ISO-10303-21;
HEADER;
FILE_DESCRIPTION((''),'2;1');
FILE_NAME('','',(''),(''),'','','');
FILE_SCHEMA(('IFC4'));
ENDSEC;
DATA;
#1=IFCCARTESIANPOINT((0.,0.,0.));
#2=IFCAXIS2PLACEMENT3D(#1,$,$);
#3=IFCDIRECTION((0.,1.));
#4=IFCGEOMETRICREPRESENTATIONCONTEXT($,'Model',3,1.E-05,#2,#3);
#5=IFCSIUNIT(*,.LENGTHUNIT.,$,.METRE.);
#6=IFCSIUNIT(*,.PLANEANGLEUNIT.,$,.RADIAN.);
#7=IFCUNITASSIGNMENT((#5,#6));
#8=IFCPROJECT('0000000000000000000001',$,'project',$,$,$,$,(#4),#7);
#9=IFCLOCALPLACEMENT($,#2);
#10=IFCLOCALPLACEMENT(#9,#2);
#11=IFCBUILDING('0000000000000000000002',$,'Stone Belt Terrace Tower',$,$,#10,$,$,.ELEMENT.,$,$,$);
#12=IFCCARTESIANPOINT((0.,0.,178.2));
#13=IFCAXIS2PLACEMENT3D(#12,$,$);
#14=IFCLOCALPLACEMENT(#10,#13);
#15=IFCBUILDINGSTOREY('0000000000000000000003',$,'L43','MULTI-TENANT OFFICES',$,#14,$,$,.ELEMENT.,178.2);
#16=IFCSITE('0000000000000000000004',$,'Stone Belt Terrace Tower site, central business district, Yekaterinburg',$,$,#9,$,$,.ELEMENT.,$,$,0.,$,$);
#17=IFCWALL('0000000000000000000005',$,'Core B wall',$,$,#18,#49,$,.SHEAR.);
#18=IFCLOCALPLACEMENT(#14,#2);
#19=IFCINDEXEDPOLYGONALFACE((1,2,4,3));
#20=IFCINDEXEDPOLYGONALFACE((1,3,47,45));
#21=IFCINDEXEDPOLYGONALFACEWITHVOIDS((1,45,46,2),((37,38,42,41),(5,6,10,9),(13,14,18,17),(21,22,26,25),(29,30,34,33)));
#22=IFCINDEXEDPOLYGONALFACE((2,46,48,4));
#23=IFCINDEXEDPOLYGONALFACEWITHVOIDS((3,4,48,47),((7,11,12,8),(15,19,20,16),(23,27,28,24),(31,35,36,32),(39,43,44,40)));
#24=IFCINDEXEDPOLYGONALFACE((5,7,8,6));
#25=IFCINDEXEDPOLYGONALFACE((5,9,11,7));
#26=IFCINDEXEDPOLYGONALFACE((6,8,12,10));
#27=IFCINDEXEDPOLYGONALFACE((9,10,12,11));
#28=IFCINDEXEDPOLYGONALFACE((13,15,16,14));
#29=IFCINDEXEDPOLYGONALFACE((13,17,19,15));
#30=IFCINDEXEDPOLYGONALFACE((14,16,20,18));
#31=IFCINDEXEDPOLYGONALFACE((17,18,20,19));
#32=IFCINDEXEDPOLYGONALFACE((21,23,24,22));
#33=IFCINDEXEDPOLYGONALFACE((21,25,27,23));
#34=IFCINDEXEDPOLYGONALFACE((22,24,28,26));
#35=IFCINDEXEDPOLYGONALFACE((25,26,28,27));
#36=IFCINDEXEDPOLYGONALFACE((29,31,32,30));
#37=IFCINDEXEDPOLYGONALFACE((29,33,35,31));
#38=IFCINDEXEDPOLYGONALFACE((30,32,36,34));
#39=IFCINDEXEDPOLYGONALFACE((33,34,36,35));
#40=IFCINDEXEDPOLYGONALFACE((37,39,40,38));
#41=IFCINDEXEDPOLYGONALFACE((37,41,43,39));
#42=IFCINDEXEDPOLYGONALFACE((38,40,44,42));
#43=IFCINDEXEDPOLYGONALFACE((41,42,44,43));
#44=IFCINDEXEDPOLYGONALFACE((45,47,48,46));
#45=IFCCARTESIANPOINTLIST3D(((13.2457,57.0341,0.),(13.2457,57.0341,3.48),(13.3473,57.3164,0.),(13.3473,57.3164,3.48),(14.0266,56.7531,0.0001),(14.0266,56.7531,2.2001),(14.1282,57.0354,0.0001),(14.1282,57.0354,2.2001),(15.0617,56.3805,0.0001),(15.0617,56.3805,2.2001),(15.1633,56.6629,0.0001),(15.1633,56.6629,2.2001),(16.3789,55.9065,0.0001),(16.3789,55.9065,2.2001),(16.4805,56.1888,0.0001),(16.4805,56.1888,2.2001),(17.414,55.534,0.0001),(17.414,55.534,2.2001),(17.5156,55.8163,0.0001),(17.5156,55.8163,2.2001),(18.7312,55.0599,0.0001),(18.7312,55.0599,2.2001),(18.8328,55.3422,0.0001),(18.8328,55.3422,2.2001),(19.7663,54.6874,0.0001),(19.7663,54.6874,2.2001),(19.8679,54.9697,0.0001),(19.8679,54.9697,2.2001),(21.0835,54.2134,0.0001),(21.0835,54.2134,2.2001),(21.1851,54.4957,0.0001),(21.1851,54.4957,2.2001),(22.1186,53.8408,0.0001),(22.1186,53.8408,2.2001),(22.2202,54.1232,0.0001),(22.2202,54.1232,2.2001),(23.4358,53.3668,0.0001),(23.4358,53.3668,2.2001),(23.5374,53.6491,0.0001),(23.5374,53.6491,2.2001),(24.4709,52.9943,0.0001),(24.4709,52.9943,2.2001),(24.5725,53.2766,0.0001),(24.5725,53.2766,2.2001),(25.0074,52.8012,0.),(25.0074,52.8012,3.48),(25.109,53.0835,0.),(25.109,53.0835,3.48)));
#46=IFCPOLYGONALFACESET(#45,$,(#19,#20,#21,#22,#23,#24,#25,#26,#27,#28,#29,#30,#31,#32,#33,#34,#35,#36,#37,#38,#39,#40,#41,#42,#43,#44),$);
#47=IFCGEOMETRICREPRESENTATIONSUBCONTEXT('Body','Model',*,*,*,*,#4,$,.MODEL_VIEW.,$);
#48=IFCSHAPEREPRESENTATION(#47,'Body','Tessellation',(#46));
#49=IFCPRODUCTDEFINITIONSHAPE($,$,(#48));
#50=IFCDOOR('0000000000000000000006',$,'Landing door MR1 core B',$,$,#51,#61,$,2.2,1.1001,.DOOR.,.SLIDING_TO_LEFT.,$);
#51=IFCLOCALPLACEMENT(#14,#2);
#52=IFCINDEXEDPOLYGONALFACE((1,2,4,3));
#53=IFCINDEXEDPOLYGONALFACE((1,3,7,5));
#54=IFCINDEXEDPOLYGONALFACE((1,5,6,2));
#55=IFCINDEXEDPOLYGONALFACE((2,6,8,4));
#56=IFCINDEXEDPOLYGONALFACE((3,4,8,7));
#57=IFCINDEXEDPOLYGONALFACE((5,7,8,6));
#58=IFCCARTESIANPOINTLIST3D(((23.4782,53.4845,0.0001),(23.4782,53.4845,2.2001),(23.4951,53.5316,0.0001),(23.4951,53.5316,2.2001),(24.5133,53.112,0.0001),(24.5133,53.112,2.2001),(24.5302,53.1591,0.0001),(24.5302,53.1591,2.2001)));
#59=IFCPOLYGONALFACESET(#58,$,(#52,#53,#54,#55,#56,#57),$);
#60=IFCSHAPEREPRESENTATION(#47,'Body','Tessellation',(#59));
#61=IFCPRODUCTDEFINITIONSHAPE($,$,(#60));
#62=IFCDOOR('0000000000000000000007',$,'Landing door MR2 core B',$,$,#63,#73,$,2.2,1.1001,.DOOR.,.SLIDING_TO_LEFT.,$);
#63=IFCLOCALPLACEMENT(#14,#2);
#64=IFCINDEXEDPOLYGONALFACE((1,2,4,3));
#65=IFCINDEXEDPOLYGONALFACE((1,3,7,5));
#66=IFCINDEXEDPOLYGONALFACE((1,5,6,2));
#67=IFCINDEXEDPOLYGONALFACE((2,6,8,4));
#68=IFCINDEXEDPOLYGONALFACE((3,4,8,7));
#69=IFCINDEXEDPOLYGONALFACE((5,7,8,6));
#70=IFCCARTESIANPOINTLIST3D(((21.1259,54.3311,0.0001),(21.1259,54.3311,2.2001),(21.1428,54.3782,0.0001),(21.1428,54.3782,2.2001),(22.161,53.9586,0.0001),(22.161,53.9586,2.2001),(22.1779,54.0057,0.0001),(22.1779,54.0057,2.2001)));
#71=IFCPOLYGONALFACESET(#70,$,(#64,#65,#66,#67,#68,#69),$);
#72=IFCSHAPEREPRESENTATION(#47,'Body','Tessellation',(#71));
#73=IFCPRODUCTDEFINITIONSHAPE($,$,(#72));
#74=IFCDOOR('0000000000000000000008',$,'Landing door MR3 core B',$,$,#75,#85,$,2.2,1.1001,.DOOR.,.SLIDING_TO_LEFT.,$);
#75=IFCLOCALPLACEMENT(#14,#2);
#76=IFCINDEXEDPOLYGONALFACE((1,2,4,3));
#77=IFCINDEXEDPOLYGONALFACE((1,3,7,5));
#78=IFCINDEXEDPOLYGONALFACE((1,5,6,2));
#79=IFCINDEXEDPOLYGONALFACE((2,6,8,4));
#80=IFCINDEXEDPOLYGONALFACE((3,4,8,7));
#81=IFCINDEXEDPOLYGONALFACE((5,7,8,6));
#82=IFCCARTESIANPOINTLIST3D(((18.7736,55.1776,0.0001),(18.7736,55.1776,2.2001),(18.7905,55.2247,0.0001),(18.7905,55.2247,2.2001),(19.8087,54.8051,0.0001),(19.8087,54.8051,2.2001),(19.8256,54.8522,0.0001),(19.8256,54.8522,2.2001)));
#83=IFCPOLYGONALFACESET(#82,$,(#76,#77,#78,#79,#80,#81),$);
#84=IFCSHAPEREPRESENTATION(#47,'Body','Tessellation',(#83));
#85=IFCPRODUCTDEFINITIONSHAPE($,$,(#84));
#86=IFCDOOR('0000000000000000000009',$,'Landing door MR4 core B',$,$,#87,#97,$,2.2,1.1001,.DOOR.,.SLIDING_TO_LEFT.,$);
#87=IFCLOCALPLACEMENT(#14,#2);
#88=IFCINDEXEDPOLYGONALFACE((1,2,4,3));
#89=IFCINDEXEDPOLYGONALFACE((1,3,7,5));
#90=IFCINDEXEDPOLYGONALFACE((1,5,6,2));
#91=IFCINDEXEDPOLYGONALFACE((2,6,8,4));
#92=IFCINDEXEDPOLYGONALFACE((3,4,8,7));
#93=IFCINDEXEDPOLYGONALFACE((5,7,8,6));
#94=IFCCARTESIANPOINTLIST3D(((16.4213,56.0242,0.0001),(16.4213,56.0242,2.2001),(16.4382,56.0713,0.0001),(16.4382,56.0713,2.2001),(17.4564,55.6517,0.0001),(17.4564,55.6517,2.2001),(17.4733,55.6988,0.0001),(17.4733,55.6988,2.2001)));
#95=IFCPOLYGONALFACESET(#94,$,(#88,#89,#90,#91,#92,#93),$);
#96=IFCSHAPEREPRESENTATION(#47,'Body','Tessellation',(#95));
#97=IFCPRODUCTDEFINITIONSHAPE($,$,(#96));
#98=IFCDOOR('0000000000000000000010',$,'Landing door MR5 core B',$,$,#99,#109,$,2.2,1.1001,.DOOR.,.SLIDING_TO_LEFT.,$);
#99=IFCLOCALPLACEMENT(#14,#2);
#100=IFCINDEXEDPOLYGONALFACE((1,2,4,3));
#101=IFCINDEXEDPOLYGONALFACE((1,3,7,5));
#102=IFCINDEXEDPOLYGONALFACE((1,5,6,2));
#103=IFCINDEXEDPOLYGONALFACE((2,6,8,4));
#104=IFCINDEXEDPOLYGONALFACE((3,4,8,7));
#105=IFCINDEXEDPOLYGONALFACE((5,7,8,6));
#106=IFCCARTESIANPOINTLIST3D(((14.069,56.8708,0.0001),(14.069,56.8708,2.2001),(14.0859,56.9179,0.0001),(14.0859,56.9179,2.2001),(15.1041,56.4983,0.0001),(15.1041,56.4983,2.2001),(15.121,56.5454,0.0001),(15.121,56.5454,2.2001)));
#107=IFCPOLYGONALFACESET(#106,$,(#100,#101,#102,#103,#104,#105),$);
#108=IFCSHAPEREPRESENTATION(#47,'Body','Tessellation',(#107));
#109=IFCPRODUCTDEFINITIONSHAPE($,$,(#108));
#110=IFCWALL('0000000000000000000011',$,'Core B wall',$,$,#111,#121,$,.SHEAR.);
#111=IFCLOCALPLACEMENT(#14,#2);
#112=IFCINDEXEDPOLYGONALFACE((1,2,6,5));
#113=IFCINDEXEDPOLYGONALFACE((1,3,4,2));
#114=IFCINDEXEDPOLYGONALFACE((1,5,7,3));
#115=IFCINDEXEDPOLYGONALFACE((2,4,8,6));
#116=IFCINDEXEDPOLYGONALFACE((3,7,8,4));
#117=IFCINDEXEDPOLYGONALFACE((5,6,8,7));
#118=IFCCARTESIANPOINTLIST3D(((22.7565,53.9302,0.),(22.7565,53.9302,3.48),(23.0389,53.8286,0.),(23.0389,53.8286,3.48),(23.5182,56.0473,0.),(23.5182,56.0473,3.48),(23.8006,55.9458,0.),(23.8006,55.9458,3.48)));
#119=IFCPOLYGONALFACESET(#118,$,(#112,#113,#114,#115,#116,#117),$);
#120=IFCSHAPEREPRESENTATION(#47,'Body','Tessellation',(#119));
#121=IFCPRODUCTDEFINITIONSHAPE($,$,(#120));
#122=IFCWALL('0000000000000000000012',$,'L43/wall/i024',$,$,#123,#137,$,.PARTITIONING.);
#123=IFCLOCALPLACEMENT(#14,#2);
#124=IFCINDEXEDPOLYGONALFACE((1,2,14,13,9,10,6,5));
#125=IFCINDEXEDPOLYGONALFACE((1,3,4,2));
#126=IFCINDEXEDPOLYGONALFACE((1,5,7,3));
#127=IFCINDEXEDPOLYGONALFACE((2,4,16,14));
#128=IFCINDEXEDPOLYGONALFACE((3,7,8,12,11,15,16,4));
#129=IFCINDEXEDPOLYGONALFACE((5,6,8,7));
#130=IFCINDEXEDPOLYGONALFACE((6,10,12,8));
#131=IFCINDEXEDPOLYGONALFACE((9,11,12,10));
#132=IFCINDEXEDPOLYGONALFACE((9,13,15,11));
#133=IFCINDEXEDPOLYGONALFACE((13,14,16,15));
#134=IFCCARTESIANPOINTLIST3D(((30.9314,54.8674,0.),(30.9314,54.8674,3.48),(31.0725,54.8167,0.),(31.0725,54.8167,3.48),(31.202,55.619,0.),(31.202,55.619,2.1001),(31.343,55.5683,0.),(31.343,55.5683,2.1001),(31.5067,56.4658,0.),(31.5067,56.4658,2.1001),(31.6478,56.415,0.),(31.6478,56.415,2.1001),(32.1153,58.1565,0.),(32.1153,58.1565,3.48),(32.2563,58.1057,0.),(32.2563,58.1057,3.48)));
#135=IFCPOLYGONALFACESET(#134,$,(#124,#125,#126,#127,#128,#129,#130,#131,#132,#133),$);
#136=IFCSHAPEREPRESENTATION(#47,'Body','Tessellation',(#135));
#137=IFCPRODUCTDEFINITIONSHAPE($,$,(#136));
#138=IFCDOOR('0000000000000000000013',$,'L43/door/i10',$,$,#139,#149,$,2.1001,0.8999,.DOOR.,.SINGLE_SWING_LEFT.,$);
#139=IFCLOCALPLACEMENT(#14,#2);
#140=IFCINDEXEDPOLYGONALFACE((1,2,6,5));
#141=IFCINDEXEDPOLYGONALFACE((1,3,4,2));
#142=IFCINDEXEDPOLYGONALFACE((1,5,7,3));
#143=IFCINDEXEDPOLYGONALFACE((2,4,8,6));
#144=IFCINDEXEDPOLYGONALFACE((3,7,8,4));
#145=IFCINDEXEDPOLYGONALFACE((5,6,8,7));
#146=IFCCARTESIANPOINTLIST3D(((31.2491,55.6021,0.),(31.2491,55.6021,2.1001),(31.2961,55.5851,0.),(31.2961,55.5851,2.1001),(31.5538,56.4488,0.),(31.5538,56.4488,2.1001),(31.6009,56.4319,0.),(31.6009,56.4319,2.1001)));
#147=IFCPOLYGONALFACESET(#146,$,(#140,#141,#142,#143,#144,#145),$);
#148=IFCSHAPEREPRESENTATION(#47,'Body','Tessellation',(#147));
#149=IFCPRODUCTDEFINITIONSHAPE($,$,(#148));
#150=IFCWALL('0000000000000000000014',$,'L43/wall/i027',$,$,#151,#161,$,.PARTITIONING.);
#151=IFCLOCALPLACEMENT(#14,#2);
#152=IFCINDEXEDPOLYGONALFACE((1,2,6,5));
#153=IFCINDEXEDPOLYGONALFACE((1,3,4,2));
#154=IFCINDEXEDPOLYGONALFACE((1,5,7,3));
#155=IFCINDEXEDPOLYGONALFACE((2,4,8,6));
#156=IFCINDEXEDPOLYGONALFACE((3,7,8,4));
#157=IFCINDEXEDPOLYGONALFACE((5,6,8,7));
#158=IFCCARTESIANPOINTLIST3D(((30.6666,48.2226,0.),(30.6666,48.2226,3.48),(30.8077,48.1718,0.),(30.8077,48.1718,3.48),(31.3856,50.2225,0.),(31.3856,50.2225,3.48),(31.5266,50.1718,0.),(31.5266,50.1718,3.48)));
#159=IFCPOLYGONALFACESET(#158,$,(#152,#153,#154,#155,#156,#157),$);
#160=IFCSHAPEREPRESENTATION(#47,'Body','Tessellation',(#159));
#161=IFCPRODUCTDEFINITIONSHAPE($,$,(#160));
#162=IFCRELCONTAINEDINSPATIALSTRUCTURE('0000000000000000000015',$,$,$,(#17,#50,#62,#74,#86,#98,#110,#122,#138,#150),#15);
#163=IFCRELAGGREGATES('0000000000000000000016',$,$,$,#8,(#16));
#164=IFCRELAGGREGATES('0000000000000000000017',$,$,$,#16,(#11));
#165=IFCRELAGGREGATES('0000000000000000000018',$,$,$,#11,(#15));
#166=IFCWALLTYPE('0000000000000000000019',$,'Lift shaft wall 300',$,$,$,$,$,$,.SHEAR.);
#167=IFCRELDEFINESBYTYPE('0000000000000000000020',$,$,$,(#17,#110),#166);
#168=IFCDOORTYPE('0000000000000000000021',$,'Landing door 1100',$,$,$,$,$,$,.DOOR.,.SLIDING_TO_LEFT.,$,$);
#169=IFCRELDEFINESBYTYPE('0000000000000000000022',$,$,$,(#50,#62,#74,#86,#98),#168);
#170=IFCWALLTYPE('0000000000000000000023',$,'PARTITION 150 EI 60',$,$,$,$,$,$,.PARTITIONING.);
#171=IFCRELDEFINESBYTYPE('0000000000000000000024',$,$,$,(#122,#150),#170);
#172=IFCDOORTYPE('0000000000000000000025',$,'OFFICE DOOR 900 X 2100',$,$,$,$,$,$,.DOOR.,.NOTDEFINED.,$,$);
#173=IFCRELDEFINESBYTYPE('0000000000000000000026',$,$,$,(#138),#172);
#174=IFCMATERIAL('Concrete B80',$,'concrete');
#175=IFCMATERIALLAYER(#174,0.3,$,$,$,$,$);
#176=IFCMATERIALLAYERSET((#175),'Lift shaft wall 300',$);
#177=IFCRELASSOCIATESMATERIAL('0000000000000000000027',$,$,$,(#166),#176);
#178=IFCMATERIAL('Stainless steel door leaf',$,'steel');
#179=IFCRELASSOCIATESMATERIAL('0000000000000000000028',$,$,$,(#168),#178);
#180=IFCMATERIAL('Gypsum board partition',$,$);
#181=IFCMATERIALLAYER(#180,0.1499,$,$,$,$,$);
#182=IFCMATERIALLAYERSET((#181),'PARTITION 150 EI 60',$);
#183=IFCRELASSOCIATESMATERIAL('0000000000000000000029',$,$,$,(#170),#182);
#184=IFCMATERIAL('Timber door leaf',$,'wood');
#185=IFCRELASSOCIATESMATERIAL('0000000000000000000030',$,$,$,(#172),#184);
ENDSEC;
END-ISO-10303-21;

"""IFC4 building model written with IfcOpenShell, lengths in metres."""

from ifc_helpers import new_model, si_unit, direction, frame, frame_2d, origin, place, context, subcontext, project, spatial, rectangle, extrude, material, layer, layer_set, type_object, element, fill, save


model = new_model("IFC4")

# Units and contexts
model_context = context("Model", 3, precision=1e-05, world=origin(), true_north=direction((0.0, 1.0)))
body_context = subcontext(model_context, "Body", "Model", "MODEL_VIEW")
ifc_project = project(units=[si_unit("LENGTHUNIT", "METRE"), si_unit("PLANEANGLEUNIT", "RADIAN")], contexts=[model_context])

# Site, building, storey
site_placement = place(None, origin())
site = spatial("IfcSite", under=ifc_project, at=site_placement, Name="Stone Belt Terrace Tower site, central business district, Yekaterinburg", CompositionType="ELEMENT", RefElevation=0.0)
building_placement = place(site_placement, origin())
building = spatial("IfcBuilding", under=site, at=building_placement, Name="Stone Belt Terrace Tower", CompositionType="ELEMENT")
storey_placement = place(building_placement, frame((0.0, 0.0, 178.2)))
storey = spatial("IfcBuildingStorey", under=building, at=storey_placement, Name="L43", Description="MULTI-TENANT OFFICES", CompositionType="ELEMENT", Elevation=178.2)

# Shared definitions
ifc_material_1 = material(Name="Concrete B80", Category="concrete")

# Shared definitions
ifc_material_2 = material(Name="Timber door leaf", Category="wood")

# Shared definitions
ifc_layer_1 = layer(ifc_material_1, 0.3)
ifc_layer_set_1 = layer_set([ifc_layer_1], Name="Lift shaft wall 300")
wall_type_1 = type_object("IfcWallType", Name="Lift shaft wall 300", PredefinedType="SHEAR", material=ifc_layer_set_1)
ifc_material_3 = material(Name="Stainless steel door leaf", Category="steel")

# Wall, openings, doors
wall_1_placement = place(storey_placement, frame((25.0581, 52.9424, 0.0), z_axis=(0.0, 0.0, 1.0), x_axis=(-0.940921, 0.338627, 0.0)))
wall_1 = element("IfcWall", 1, at=wall_1_placement, inside=storey, type_object=wall_type_1, Name="Core B wall", PredefinedType="SHEAR", context=body_context, shape_type="SweptSolid", body=[
    extrude(rectangle(XDim=12.5002, YDim=0.3, at=frame_2d((6.25, 0.0))), origin(), (0.0, 0.0, 1.0), 3.48),
])
opening_1_placement = place(wall_1_placement, frame((0.5701, 0.0, 0.0)))
opening_1 = element("IfcOpeningElement", 2, at=opening_1_placement, cuts=wall_1, PredefinedType="OPENING", context=body_context, shape_type="SweptSolid", body=[
    extrude(rectangle(XDim=1.1001, YDim=2.2, at=frame_2d((0.55, 1.1001))), frame((0.0, 0.1599, 0.0), z_axis=(0.0, -1.0, 0.0), x_axis=(1.0, 0.0, 0.0)), (0.0, 0.0, 1.0), 0.3201),
])
opening_2_placement = place(wall_1_placement, frame((3.0701, 0.0, 0.0)))
opening_2 = element("IfcOpeningElement", 3, at=opening_2_placement, cuts=wall_1, PredefinedType="OPENING", context=body_context, shape_type="SweptSolid", body=[
    extrude(rectangle(XDim=1.1001, YDim=2.2, at=frame_2d((0.55, 1.1001))), frame((0.0, 0.1599, 0.0), z_axis=(0.0, -1.0, 0.0), x_axis=(1.0, 0.0, 0.0)), (0.0, 0.0, 1.0), 0.3201),
])
opening_3_placement = place(wall_1_placement, frame((5.5701, 0.0, 0.0)))
opening_3 = element("IfcOpeningElement", 4, at=opening_3_placement, cuts=wall_1, PredefinedType="OPENING", context=body_context, shape_type="SweptSolid", body=[
    extrude(rectangle(XDim=1.1001, YDim=2.2, at=frame_2d((0.55, 1.1001))), frame((0.0, 0.1599, 0.0), z_axis=(0.0, -1.0, 0.0), x_axis=(1.0, 0.0, 0.0)), (0.0, 0.0, 1.0), 0.3201),
])
opening_4_placement = place(wall_1_placement, frame((8.0701, 0.0, 0.0)))
opening_4 = element("IfcOpeningElement", 5, at=opening_4_placement, cuts=wall_1, PredefinedType="OPENING", context=body_context, shape_type="SweptSolid", body=[
    extrude(rectangle(XDim=1.1001, YDim=2.2, at=frame_2d((0.55, 1.1001))), frame((0.0, 0.1599, 0.0), z_axis=(0.0, -1.0, 0.0), x_axis=(1.0, 0.0, 0.0)), (0.0, 0.0, 1.0), 0.3201),
])
opening_5_placement = place(wall_1_placement, frame((10.5701, 0.0, 0.0)))
opening_5 = element("IfcOpeningElement", 6, at=opening_5_placement, cuts=wall_1, PredefinedType="OPENING", context=body_context, shape_type="SweptSolid", body=[
    extrude(rectangle(XDim=1.1001, YDim=2.2, at=frame_2d((0.55, 1.1001))), frame((0.0, 0.1599, 0.0), z_axis=(0.0, -1.0, 0.0), x_axis=(1.0, 0.0, 0.0)), (0.0, 0.0, 1.0), 0.3201),
])
door_type_1 = type_object("IfcDoorType", Name="Landing door 1100", OperationType="SLIDING_TO_LEFT", PredefinedType="DOOR", material=ifc_material_3)
door_1_placement = place(opening_1_placement, origin())
door_1 = element("IfcDoor", 7, at=door_1_placement, inside=storey, type_object=door_type_1, Name="Landing door MR1 core B", OperationType="SLIDING_TO_LEFT", OverallHeight=2.2, OverallWidth=1.1001, PredefinedType="DOOR", context=body_context, shape_type="SweptSolid", body=[
    extrude(rectangle(XDim=1.1001, YDim=2.2, at=frame_2d((0.55, 1.1001))), frame((0.0, 0.0249, 0.0), z_axis=(0.0, -1.0, 0.0), x_axis=(1.0, 0.0, 0.0)), (0.0, 0.0, 1.0), 0.05),
])
fill(opening_1, door_1)
door_2_placement = place(opening_2_placement, origin())
door_2 = element("IfcDoor", 8, at=door_2_placement, inside=storey, type_object=door_type_1, Name="Landing door MR2 core B", OperationType="SLIDING_TO_LEFT", OverallHeight=2.2, OverallWidth=1.1001, PredefinedType="DOOR", context=body_context, shape_type="SweptSolid", body=[
    extrude(rectangle(XDim=1.1001, YDim=2.2, at=frame_2d((0.55, 1.1001))), frame((0.0, 0.0249, 0.0), z_axis=(0.0, -1.0, 0.0), x_axis=(1.0, 0.0, 0.0)), (0.0, 0.0, 1.0), 0.05),
])
fill(opening_2, door_2)
door_3_placement = place(opening_3_placement, origin())
door_3 = element("IfcDoor", 9, at=door_3_placement, inside=storey, type_object=door_type_1, Name="Landing door MR3 core B", OperationType="SLIDING_TO_LEFT", OverallHeight=2.2, OverallWidth=1.1001, PredefinedType="DOOR", context=body_context, shape_type="SweptSolid", body=[
    extrude(rectangle(XDim=1.1001, YDim=2.2, at=frame_2d((0.55, 1.1001))), frame((0.0, 0.0249, 0.0), z_axis=(0.0, -1.0, 0.0), x_axis=(1.0, 0.0, 0.0)), (0.0, 0.0, 1.0), 0.05),
])
fill(opening_3, door_3)
door_4_placement = place(opening_4_placement, origin())
door_4 = element("IfcDoor", 10, at=door_4_placement, inside=storey, type_object=door_type_1, Name="Landing door MR4 core B", OperationType="SLIDING_TO_LEFT", OverallHeight=2.2, OverallWidth=1.1001, PredefinedType="DOOR", context=body_context, shape_type="SweptSolid", body=[
    extrude(rectangle(XDim=1.1001, YDim=2.2, at=frame_2d((0.55, 1.1001))), frame((0.0, 0.0249, 0.0), z_axis=(0.0, -1.0, 0.0), x_axis=(1.0, 0.0, 0.0)), (0.0, 0.0, 1.0), 0.05),
])
fill(opening_4, door_4)
door_5_placement = place(opening_5_placement, origin())
door_5 = element("IfcDoor", 11, at=door_5_placement, inside=storey, type_object=door_type_1, Name="Landing door MR5 core B", OperationType="SLIDING_TO_LEFT", OverallHeight=2.2, OverallWidth=1.1001, PredefinedType="DOOR", context=body_context, shape_type="SweptSolid", body=[
    extrude(rectangle(XDim=1.1001, YDim=2.2, at=frame_2d((0.55, 1.1001))), frame((0.0, 0.0249, 0.0), z_axis=(0.0, -1.0, 0.0), x_axis=(1.0, 0.0, 0.0)), (0.0, 0.0, 1.0), 0.05),
])
fill(opening_5, door_5)

# Wall
wall_2_placement = place(storey_placement, frame((22.8977, 53.8794, 0.0), z_axis=(0.0, 0.0, 1.0), x_axis=(0.338535, 0.940954, 0.0)))
element("IfcWall", 12, at=wall_2_placement, inside=storey, type_object=wall_type_1, Name="Core B wall", PredefinedType="SHEAR", context=body_context, shape_type="SweptSolid", body=[
    extrude(rectangle(XDim=2.25, YDim=0.3, at=frame_2d((1.125, 0.0))), origin(), (0.0, 0.0, 1.0), 3.48),
])

# Wall, opening, door
ifc_material_4 = material(Name="Gypsum board partition")
ifc_layer_2 = layer(ifc_material_4, 0.1499)
ifc_layer_set_2 = layer_set([ifc_layer_2], Name="PARTITION 150 EI 60")
wall_type_2 = type_object("IfcWallType", Name="PARTITION 150 EI 60", PredefinedType="PARTITIONING", material=ifc_layer_set_2)
wall_3_placement = place(storey_placement, frame((31.002, 54.842, 0.0), z_axis=(0.0, 0.0, 1.0), x_axis=(0.338663, 0.940908, 0.0)))
wall_3 = element("IfcWall", 13, at=wall_3_placement, inside=storey, type_object=wall_type_2, Name="L43/wall/i024", PredefinedType="PARTITIONING", context=body_context, shape_type="SweptSolid", body=[
    extrude(rectangle(XDim=3.4956, YDim=0.1499, at=frame_2d((1.7478, 0.0))), origin(), (0.0, 0.0, 1.0), 3.48),
])
opening_6_placement = place(wall_3_placement, frame((0.7988, 0.0, 0.0)))
opening_6 = element("IfcOpeningElement", 14, at=opening_6_placement, cuts=wall_3, PredefinedType="OPENING", context=body_context, shape_type="SweptSolid", body=[
    extrude(rectangle(XDim=0.8999, YDim=2.1001, at=frame_2d((0.45, 1.05))), frame((0.0, 0.085, 0.0), z_axis=(0.0, -1.0, 0.0), x_axis=(1.0, 0.0, 0.0)), (0.0, 0.0, 1.0), 0.1699),
])
door_type_2 = type_object("IfcDoorType", Name="OFFICE DOOR 900 X 2100", OperationType="NOTDEFINED", PredefinedType="DOOR", material=ifc_material_2)
door_6_placement = place(opening_6_placement, origin())
door_6 = element("IfcDoor", 15, at=door_6_placement, inside=storey, type_object=door_type_2, Name="L43/door/i10", OperationType="SINGLE_SWING_LEFT", OverallHeight=2.1001, OverallWidth=0.8999, PredefinedType="DOOR", context=body_context, shape_type="SweptSolid", body=[
    extrude(rectangle(XDim=0.8999, YDim=2.1001, at=frame_2d((0.45, 1.05))), frame((0.0, 0.0249, 0.0), z_axis=(0.0, -1.0, 0.0), x_axis=(1.0, 0.0, 0.0)), (0.0, 0.0, 1.0), 0.05),
])
fill(opening_6, door_6)

# Wall
wall_4_placement = place(storey_placement, frame((31.4561, 50.197, 0.0), z_axis=(0.0, 0.0, 1.0), x_axis=(-0.3383, -0.941038, 0.0)))
element("IfcWall", 16, at=wall_4_placement, inside=storey, type_object=wall_type_2, Name="L43/wall/i027", PredefinedType="PARTITIONING", context=body_context, shape_type="SweptSolid", body=[
    extrude(rectangle(XDim=2.1252, YDim=0.1499, at=frame_2d((1.0625, 0.0))), origin(), (0.0, 0.0, 1.0), 3.48),
])

save(model, "model.ifc")
